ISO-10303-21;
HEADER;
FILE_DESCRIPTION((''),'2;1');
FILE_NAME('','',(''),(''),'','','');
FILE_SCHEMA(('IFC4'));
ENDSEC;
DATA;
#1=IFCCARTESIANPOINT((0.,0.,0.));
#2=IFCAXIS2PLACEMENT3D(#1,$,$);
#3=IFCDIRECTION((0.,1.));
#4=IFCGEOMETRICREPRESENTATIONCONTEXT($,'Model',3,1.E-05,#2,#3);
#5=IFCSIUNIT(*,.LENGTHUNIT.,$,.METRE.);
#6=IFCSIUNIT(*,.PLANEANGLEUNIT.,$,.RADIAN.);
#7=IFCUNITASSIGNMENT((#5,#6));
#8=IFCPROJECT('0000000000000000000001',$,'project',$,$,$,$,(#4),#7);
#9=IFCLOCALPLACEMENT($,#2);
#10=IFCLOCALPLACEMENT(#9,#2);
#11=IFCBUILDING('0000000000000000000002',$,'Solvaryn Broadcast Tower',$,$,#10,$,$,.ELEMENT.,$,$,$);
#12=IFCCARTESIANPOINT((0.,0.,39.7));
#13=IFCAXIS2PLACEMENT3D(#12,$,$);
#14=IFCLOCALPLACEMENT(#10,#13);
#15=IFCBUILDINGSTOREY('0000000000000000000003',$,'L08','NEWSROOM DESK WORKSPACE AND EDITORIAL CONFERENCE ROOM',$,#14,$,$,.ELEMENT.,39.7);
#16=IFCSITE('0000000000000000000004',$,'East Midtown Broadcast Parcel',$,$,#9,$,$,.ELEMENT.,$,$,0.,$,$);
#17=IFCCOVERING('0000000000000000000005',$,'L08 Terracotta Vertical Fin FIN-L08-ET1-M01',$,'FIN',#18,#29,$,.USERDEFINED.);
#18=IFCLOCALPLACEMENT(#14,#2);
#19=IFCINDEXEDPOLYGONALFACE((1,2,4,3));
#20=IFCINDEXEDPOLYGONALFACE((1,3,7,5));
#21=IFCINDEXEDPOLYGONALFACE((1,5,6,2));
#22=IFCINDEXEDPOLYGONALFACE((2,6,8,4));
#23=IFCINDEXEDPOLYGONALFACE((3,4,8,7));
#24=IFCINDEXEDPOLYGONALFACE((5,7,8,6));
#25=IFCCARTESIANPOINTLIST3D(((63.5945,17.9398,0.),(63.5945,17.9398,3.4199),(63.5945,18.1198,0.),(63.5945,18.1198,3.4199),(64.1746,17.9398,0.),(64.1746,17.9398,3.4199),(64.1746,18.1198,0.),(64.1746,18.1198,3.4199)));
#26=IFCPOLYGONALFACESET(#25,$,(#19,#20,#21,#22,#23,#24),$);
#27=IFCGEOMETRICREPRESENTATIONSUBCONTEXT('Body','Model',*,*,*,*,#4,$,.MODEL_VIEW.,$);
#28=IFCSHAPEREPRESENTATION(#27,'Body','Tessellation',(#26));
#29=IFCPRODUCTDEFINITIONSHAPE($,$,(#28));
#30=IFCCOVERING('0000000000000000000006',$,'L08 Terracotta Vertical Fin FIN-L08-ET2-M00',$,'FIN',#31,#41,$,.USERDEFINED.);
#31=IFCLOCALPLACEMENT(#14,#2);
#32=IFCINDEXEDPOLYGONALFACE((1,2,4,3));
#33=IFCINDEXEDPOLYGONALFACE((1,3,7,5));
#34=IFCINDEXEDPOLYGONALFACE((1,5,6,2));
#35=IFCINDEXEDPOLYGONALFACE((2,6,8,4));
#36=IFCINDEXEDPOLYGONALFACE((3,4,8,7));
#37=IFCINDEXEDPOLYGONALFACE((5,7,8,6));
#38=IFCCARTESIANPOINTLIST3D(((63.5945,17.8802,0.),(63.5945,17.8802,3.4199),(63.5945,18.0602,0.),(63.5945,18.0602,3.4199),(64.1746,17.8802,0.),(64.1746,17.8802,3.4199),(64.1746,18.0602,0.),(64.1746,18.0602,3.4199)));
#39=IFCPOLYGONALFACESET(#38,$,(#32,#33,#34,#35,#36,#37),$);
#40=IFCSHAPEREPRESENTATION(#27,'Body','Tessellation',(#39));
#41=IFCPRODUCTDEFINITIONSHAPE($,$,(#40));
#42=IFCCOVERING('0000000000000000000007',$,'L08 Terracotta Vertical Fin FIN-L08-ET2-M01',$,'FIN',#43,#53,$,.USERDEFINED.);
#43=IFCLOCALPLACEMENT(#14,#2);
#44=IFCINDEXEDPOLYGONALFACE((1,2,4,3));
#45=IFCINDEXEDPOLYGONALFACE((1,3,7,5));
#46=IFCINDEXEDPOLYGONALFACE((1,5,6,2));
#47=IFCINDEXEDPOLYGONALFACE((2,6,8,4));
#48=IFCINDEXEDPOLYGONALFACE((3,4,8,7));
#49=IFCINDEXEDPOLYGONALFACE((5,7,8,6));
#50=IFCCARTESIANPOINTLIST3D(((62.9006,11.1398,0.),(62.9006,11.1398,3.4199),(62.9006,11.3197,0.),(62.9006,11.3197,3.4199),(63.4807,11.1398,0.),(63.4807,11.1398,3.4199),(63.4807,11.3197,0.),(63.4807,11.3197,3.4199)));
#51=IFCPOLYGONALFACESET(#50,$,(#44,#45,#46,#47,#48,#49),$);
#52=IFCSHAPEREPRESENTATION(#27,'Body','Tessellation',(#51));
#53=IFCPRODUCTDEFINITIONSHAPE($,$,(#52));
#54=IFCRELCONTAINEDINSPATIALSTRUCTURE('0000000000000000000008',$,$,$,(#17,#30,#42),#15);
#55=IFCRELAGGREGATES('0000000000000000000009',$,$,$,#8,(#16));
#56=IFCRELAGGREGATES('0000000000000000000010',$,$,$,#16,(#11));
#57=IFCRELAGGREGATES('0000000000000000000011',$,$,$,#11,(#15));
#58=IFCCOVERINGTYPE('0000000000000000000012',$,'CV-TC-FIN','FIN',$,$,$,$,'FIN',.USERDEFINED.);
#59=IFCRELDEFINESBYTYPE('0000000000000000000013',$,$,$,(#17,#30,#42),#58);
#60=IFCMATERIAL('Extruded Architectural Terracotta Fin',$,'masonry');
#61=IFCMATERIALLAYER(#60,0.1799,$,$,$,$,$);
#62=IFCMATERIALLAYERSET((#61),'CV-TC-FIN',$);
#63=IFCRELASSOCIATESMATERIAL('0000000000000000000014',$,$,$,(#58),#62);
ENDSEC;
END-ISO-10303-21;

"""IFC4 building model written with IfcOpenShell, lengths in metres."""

from ifc_helpers import new_model, si_unit, direction, frame, origin, origin_2d, place, context, subcontext, project, spatial, rectangle, extrude, material, layer, layer_set, type_object, element, save


model = new_model("IFC4")

# Units and contexts
model_context = context("Model", 3, precision=1e-05, world=origin(), true_north=direction((0.0, 1.0)))
body_context = subcontext(model_context, "Body", "Model", "MODEL_VIEW")
ifc_project = project(units=[si_unit("LENGTHUNIT", "METRE"), si_unit("PLANEANGLEUNIT", "RADIAN")], contexts=[model_context])

# Site, building, storey
site_placement = place(None, origin())
site = spatial("IfcSite", under=ifc_project, at=site_placement, Name="East Midtown Broadcast Parcel", CompositionType="ELEMENT", RefElevation=0.0)
building_placement = place(site_placement, origin())
building = spatial("IfcBuilding", under=site, at=building_placement, Name="Solvaryn Broadcast Tower", CompositionType="ELEMENT")
storey_placement = place(building_placement, frame((0.0, 0.0, 39.7)))
storey = spatial("IfcBuildingStorey", under=building, at=storey_placement, Name="L08", Description="NEWSROOM DESK WORKSPACE AND EDITORIAL CONFERENCE ROOM", CompositionType="ELEMENT", Elevation=39.7)

# Coverings
ifc_material_1 = material(Name="Extruded Architectural Terracotta Fin", Category="masonry")
ifc_layer_1 = layer(ifc_material_1, 0.1799)
ifc_layer_set_1 = layer_set([ifc_layer_1], Name="CV-TC-FIN")
covering_type_1 = type_object("IfcCoveringType", Name="CV-TC-FIN", Description="FIN", ElementType="FIN", PredefinedType="USERDEFINED", material=ifc_layer_set_1)
for number, where, z_axis, x_axis, name in (
    (1, (63.8845, 18.0298, 0.0), (0.0, 0.0, 1.0), (1.0, 0.0, 0.0), "L08 Terracotta Vertical Fin FIN-L08-ET1-M01"),
    (2, (63.8845, 17.9702, 0.0), (0.0, 0.0, 1.0), (1.0, 0.0, 0.0), "L08 Terracotta Vertical Fin FIN-L08-ET2-M00"),
    (3, (63.1907, 11.2297, 0.0), (0.0, 0.0, 1.0), (1.0, 0.0, 0.0), "L08 Terracotta Vertical Fin FIN-L08-ET2-M01"),
):
    element("IfcCovering", number, at=place(storey_placement, frame(where, z_axis=z_axis, x_axis=x_axis)), inside=storey, type_object=covering_type_1, Name=name, ObjectType="FIN", PredefinedType="USERDEFINED", context=body_context, shape_type="SweptSolid", body=[
        extrude(rectangle(XDim=0.5801, YDim=0.1799, at=origin_2d()), origin(), (0.0, 0.0, 1.0), 3.4199),
    ])

save(model, "model.ifc")
